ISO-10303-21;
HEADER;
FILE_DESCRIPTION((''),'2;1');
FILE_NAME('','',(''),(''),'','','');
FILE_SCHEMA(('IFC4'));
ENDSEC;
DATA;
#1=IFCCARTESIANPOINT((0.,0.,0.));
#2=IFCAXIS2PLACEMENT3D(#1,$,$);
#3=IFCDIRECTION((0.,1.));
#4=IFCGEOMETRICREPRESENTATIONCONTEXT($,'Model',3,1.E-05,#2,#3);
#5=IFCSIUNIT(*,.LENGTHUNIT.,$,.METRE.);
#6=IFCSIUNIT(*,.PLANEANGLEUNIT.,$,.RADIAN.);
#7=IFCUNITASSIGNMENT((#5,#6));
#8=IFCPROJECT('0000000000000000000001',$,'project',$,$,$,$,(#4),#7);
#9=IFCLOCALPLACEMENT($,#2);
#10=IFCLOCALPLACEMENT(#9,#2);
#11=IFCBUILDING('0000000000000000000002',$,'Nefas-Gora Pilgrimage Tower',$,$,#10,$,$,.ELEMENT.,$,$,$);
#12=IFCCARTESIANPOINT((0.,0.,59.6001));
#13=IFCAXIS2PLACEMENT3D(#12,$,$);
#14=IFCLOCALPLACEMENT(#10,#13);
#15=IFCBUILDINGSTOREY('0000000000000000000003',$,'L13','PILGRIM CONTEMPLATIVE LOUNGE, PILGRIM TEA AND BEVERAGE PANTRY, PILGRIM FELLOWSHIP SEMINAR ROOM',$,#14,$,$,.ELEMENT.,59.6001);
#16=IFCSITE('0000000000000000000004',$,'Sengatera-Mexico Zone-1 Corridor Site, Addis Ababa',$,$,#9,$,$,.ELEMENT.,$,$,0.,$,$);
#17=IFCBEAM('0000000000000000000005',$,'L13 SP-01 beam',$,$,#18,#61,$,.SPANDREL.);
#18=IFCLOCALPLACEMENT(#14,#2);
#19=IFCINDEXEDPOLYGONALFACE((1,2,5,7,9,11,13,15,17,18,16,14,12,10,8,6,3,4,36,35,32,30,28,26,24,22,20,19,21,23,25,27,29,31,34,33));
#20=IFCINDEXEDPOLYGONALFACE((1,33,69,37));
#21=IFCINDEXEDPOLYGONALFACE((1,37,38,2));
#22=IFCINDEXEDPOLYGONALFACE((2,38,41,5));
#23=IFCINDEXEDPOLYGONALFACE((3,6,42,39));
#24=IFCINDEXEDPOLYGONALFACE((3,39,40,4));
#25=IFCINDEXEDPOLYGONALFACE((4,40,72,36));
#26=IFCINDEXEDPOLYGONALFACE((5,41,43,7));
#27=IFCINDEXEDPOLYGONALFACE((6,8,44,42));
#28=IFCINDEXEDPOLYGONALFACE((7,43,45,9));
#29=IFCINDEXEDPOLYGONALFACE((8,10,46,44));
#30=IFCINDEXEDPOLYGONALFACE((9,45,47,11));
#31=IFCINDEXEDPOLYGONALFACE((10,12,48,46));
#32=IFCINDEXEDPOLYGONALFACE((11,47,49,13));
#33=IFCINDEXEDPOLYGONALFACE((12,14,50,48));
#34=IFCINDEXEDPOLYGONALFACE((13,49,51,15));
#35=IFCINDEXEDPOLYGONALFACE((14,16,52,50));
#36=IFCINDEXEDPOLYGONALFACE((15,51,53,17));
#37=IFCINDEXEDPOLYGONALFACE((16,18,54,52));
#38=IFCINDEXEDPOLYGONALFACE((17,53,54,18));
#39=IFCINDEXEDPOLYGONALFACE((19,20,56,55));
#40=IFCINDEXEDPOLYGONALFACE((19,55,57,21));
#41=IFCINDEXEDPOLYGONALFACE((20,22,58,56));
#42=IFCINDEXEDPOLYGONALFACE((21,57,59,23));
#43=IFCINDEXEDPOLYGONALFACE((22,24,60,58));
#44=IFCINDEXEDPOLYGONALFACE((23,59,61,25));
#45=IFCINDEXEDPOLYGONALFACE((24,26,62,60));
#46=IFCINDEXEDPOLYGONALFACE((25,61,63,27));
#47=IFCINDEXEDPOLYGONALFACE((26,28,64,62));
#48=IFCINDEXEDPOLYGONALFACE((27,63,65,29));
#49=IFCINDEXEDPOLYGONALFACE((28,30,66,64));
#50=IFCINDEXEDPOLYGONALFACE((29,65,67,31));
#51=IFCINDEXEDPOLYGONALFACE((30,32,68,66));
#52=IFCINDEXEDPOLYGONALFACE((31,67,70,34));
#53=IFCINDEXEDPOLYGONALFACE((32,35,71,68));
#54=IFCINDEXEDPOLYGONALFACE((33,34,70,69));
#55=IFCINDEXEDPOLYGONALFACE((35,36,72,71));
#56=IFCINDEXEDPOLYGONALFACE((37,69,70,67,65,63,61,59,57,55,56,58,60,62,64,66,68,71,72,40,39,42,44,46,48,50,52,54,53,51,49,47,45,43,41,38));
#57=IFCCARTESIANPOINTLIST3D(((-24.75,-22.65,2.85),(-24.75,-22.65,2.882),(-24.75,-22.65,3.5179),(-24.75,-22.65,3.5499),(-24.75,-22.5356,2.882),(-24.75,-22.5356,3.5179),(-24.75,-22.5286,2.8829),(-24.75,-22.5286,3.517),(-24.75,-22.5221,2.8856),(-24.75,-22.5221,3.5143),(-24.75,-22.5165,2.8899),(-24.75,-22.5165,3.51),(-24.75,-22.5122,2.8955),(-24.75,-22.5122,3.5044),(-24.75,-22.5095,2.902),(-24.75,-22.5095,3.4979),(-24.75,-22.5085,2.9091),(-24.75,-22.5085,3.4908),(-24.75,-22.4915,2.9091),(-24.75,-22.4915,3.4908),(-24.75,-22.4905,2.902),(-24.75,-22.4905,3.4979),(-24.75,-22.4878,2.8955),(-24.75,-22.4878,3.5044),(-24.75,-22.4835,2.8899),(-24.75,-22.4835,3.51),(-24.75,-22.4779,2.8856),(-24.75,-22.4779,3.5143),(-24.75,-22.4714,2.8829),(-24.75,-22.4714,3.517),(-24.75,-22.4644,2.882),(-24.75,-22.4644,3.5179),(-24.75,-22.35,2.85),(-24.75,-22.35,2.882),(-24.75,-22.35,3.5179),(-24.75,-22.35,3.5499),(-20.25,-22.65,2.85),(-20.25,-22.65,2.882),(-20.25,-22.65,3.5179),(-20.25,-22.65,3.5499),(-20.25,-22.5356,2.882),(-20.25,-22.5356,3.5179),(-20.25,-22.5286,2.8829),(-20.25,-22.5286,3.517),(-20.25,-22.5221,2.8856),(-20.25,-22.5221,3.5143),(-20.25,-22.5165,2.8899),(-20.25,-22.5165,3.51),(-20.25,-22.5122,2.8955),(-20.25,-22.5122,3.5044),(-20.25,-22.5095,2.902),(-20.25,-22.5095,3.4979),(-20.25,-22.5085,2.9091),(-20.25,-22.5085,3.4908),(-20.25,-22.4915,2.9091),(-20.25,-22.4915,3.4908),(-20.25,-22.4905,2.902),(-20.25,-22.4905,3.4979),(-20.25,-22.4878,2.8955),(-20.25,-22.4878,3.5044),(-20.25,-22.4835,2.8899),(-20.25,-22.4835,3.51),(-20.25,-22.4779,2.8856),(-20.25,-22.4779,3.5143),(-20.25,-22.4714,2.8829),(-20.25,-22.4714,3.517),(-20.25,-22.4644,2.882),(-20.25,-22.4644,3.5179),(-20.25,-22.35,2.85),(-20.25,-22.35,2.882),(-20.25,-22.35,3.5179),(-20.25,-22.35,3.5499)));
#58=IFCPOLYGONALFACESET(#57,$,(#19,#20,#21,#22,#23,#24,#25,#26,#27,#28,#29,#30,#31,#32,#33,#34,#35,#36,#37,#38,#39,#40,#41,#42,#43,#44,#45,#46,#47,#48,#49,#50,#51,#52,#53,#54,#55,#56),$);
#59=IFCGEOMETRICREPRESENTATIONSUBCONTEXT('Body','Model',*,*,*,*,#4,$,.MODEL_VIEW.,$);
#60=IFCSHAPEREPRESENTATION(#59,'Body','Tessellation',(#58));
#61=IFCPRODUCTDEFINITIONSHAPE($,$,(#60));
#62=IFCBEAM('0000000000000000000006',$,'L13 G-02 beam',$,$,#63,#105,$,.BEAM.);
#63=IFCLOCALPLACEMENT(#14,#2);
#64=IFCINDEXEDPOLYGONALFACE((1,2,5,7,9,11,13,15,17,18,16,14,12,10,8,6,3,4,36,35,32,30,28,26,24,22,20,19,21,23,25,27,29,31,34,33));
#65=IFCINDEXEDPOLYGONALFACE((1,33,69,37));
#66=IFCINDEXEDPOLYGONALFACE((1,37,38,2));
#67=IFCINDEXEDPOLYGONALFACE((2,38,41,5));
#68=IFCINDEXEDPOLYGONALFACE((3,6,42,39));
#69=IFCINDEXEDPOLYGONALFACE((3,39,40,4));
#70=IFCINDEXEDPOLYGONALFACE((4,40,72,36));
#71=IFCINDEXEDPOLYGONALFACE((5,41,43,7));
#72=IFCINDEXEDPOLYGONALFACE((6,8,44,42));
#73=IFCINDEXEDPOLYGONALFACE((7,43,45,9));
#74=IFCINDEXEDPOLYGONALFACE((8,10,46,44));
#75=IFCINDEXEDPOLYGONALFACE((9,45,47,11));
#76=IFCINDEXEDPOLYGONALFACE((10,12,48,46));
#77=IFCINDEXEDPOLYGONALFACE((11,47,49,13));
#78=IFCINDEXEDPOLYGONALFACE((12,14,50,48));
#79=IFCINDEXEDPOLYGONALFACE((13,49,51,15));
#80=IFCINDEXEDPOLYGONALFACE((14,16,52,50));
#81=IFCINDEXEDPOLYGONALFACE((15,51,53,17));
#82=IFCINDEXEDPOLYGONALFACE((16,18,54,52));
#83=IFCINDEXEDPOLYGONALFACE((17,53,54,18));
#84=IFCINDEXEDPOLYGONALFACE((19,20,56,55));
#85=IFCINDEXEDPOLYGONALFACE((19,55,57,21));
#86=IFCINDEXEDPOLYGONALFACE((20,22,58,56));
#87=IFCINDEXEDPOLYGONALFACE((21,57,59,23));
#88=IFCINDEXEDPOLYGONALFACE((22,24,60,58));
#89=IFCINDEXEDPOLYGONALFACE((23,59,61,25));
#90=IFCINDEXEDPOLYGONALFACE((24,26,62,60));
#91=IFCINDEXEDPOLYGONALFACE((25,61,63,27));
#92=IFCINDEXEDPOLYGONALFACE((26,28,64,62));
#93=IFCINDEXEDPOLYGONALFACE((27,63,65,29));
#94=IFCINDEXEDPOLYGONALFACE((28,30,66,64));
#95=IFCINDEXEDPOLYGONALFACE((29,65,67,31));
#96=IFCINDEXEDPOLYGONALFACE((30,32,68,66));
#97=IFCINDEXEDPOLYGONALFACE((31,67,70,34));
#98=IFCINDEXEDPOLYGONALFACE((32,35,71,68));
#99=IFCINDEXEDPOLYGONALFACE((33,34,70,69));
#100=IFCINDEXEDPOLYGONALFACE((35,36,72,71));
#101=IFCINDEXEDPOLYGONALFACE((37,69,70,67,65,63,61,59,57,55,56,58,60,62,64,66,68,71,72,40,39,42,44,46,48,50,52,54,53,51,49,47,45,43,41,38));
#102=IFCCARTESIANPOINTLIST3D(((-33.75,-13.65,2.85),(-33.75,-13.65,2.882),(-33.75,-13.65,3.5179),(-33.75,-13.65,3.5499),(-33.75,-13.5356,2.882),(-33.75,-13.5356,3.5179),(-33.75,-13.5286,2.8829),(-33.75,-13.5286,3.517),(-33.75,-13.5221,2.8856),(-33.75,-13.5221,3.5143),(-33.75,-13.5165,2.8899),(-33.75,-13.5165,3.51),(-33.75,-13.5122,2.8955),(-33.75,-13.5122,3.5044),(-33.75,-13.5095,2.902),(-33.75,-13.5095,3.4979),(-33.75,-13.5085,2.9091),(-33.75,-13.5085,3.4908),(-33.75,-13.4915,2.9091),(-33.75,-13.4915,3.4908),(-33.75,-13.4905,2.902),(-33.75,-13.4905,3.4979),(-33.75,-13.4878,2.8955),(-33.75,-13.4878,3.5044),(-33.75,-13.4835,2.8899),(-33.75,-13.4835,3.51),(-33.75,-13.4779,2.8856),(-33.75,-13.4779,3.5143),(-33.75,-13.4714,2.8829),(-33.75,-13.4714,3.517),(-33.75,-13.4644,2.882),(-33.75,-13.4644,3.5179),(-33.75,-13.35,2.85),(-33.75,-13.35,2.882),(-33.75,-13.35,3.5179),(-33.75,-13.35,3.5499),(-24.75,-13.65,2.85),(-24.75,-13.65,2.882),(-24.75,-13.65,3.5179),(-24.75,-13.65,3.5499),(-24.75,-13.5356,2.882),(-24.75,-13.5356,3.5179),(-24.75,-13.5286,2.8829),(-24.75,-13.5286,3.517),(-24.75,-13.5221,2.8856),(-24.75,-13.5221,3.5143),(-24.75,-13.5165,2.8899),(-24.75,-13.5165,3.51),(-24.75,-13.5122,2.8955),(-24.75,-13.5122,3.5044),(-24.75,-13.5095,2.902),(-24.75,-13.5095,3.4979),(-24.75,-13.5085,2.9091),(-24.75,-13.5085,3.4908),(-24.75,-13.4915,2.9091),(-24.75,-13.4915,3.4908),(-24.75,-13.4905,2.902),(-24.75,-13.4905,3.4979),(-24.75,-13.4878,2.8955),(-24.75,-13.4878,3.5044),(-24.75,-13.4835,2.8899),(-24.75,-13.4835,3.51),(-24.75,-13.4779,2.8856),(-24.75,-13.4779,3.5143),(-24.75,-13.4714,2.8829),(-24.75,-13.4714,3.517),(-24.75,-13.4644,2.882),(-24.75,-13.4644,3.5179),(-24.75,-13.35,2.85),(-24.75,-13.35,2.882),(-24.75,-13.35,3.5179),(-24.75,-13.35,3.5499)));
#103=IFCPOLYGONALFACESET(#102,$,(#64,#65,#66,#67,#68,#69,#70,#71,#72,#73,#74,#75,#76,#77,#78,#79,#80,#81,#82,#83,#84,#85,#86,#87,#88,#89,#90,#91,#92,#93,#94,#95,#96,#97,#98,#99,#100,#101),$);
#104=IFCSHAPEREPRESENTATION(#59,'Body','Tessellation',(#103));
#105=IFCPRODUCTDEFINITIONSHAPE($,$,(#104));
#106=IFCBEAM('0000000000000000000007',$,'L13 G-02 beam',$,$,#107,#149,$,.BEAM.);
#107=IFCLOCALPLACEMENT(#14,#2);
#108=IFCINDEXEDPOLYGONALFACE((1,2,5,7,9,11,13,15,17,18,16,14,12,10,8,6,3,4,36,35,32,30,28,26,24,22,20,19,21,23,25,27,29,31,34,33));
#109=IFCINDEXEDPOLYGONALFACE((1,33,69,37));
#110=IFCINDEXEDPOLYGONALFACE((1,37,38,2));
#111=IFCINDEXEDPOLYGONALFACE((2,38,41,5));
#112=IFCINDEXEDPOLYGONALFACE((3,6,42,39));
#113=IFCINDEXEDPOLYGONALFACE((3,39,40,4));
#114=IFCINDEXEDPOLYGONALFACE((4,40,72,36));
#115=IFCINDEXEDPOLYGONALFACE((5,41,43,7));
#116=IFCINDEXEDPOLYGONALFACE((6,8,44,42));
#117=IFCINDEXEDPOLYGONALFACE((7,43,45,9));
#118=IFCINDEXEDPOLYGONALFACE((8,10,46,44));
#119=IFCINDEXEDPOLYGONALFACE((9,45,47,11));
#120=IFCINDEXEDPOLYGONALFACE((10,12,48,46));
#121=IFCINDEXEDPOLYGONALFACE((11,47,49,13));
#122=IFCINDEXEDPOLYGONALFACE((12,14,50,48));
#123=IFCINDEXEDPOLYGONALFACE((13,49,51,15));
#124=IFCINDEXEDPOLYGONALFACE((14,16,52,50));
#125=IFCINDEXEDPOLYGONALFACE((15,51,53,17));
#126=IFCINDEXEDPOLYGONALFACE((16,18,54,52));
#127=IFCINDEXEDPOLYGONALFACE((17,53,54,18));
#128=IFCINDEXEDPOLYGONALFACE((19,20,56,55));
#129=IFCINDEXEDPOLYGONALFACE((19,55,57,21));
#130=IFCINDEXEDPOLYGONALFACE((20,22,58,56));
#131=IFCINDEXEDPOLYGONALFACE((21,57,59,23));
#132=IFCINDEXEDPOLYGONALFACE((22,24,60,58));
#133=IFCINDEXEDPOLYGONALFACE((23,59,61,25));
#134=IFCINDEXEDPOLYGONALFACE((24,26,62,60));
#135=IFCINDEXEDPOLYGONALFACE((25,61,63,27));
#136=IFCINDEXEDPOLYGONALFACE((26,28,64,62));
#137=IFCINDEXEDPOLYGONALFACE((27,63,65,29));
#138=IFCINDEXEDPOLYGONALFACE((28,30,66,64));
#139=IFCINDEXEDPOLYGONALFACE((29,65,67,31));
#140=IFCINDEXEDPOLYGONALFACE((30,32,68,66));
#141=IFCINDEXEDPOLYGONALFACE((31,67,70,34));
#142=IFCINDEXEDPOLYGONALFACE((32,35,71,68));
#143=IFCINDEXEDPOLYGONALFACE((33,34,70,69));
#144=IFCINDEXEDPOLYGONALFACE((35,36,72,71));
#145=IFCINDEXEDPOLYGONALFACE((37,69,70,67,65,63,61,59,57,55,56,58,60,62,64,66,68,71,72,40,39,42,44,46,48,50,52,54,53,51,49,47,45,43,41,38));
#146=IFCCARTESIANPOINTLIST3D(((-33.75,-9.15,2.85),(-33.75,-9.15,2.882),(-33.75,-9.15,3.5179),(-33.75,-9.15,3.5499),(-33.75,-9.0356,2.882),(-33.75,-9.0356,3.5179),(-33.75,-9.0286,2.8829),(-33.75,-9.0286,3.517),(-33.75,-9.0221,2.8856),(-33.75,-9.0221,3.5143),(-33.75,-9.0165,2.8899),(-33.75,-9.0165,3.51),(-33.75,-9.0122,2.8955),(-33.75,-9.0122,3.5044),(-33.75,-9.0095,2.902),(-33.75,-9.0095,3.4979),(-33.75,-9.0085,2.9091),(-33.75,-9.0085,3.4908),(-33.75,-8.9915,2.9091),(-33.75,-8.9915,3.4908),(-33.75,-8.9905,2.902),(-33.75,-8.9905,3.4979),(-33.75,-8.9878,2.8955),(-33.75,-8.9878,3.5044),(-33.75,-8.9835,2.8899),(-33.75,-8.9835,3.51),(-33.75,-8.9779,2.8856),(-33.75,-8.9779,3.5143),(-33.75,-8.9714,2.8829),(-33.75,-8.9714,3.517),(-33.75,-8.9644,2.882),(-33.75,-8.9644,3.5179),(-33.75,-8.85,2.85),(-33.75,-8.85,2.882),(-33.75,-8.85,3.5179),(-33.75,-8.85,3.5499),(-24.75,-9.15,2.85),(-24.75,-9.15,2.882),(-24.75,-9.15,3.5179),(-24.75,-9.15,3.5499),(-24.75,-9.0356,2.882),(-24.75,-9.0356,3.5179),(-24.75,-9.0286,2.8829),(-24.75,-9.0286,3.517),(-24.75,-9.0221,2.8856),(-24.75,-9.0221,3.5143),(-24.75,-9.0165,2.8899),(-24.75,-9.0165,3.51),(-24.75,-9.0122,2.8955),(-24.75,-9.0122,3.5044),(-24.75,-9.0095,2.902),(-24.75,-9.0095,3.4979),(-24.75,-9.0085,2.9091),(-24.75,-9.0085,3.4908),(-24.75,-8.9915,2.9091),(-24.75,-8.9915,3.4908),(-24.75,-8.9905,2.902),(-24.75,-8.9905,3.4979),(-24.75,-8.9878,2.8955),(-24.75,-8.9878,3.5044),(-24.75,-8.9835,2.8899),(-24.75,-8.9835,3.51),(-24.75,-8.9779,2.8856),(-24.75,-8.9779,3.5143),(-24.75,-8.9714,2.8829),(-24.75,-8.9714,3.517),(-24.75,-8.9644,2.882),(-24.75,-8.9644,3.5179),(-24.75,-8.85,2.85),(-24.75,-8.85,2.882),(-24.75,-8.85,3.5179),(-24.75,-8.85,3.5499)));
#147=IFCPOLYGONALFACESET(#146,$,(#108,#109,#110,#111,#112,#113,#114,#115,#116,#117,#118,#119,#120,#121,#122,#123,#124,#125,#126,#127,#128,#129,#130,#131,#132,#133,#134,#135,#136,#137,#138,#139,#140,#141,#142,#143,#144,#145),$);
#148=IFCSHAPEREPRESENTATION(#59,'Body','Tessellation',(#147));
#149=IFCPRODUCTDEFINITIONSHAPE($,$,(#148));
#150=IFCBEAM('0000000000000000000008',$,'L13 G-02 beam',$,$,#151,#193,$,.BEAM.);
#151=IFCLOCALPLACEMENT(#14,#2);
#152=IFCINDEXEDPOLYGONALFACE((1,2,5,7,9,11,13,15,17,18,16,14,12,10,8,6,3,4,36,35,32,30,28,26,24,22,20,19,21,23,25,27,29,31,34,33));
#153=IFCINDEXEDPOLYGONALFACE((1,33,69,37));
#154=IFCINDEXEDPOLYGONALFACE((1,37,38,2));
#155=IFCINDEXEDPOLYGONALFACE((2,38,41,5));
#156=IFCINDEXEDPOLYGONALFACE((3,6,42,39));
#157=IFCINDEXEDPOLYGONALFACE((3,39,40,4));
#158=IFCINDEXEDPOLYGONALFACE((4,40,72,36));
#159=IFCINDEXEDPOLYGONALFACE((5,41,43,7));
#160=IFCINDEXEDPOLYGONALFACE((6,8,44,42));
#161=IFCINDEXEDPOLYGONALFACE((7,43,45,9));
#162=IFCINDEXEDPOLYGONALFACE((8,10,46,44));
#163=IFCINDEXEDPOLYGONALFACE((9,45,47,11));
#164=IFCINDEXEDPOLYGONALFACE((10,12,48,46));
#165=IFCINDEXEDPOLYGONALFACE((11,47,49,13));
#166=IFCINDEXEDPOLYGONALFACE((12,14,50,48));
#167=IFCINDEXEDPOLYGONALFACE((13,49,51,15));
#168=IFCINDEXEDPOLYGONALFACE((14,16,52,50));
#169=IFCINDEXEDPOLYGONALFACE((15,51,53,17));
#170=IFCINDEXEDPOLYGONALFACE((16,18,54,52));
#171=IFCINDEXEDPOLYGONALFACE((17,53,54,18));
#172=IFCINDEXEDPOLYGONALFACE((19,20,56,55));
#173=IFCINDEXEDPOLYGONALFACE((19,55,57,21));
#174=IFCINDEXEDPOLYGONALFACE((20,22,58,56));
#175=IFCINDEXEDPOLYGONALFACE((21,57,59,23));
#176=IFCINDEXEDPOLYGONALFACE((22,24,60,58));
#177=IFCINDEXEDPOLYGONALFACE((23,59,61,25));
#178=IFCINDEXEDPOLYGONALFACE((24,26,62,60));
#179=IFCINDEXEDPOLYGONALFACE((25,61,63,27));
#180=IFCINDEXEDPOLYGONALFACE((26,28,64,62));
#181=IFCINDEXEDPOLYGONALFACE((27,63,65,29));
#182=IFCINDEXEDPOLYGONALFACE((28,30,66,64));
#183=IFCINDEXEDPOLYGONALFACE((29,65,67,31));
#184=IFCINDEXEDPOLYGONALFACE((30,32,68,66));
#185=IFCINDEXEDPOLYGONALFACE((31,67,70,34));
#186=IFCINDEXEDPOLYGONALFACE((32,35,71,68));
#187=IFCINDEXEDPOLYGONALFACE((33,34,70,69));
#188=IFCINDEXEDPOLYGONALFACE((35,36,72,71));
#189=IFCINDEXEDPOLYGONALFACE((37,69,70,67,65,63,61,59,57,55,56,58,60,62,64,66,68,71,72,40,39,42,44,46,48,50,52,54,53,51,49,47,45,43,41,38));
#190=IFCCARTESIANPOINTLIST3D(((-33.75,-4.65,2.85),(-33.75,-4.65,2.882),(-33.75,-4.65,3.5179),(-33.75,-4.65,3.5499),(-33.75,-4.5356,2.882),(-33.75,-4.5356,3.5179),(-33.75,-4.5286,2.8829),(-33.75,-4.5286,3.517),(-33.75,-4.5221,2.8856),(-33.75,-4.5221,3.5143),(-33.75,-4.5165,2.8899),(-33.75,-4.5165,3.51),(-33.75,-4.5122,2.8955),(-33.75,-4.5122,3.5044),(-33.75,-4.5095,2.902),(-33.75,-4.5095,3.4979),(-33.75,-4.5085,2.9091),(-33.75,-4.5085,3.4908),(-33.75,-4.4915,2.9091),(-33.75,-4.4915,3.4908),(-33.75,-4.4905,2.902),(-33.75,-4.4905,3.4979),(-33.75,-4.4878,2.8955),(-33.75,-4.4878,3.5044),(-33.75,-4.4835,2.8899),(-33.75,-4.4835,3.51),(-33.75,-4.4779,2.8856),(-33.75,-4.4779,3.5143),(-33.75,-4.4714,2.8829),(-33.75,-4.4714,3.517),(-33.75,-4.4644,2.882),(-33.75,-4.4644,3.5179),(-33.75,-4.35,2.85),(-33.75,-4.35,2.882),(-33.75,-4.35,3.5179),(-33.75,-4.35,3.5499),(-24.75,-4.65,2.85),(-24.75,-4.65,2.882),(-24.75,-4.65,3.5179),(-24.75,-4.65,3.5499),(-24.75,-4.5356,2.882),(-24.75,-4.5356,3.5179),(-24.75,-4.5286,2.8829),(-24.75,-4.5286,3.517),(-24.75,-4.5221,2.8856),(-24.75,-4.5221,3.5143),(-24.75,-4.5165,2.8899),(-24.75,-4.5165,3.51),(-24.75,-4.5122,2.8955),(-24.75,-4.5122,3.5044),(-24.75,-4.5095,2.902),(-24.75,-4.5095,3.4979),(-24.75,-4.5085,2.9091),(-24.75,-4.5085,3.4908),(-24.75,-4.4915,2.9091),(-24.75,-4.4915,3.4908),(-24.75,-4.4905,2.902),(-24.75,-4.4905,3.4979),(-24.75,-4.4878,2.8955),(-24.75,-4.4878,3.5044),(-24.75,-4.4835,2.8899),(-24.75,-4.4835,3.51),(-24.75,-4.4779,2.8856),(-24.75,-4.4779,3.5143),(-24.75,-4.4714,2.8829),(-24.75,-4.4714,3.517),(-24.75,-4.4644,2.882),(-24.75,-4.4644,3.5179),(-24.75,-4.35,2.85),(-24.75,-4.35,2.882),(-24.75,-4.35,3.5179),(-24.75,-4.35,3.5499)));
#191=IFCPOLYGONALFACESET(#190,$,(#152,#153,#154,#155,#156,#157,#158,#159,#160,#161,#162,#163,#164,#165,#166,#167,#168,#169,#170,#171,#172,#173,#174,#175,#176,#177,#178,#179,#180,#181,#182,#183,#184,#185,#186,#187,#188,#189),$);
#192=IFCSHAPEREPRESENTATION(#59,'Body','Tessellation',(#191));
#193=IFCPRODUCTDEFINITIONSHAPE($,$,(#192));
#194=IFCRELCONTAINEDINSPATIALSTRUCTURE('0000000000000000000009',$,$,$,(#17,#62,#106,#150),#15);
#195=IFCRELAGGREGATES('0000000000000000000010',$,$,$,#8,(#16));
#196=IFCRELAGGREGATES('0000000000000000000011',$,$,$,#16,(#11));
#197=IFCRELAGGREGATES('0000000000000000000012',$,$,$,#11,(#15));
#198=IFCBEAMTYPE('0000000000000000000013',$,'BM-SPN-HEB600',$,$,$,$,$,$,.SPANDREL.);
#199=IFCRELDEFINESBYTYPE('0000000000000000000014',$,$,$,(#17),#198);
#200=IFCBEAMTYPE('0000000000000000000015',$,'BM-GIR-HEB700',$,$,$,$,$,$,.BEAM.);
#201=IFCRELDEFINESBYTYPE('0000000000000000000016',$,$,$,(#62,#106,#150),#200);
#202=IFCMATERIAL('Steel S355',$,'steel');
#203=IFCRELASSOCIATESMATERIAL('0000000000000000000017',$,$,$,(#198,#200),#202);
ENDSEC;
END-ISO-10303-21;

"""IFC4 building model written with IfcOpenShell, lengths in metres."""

from ifc_helpers import new_model, si_unit, direction, frame, origin, origin_2d, place, context, subcontext, project, spatial, i_section, extrude, source, transform, mapped, material, material_profile, profile_set, type_object, element, save


model = new_model("IFC4")

# Units and contexts
model_context = context("Model", 3, precision=1e-05, world=origin(), true_north=direction((0.0, 1.0)))
body_context = subcontext(model_context, "Body", "Model", "MODEL_VIEW")
ifc_project = project(units=[si_unit("LENGTHUNIT", "METRE"), si_unit("PLANEANGLEUNIT", "RADIAN")], contexts=[model_context])

# Site, building, storey
site_placement = place(None, origin())
site = spatial("IfcSite", under=ifc_project, at=site_placement, Name="Sengatera-Mexico Zone-1 Corridor Site, Addis Ababa", CompositionType="ELEMENT", RefElevation=0.0)
building_placement = place(site_placement, origin())
building = spatial("IfcBuilding", under=site, at=building_placement, Name="Nefas-Gora Pilgrimage Tower", CompositionType="ELEMENT")
storey_placement = place(building_placement, frame((0.0, 0.0, 59.6001)))
storey = spatial("IfcBuildingStorey", under=building, at=storey_placement, Name="L13", Description="PILGRIM CONTEMPLATIVE LOUNGE, PILGRIM TEA AND BEVERAGE PANTRY, PILGRIM FELLOWSHIP SEMINAR ROOM", CompositionType="ELEMENT", Elevation=59.6001)

# Beams
ifc_material_1 = material(Name="Steel S355", Category="steel")
ifc_material_profile_1 = material_profile(ifc_material_1, i_section(OverallWidth=0.3, OverallDepth=0.7, WebThickness=0.0171, FlangeThickness=0.032, FilletRadius=0.0271, at=origin_2d()), Name="HEB 700")
ifc_profile_set_1 = profile_set([ifc_material_profile_1], Name="Steel S355")
beam_type_1 = type_object("IfcBeamType", Name="BM-SPN-HEB600", PredefinedType="SPANDREL", material=ifc_profile_set_1)
shared_shape_1 = source(origin(), body_context, "Body", "SweptSolid", [
    extrude(i_section(OverallWidth=0.3, OverallDepth=0.7, WebThickness=0.0171, FlangeThickness=0.032, FilletRadius=0.0271, at=origin_2d()), origin(), (0.0, 0.0, 1.0), 4.5),
])
for number, where, z_axis, x_axis, name in (
    (1, (-24.75, -22.5, 3.2), (1.0, 0.0, 0.0), (0.0, 1.0, 0.0), "L13 SP-01 beam"),
):
    element("IfcBeam", number, at=place(storey_placement, frame(where, z_axis=z_axis, x_axis=x_axis)), inside=storey, type_object=beam_type_1, Name=name, PredefinedType="SPANDREL", context=body_context, shape_type="MappedRepresentation", body=[
        mapped(shared_shape_1, transform((0.0, 0.0, 0.0), x_axis=(1.0, 0.0, 0.0), y_axis=(0.0, 1.0, 0.0), z_axis=(0.0, 0.0, 1.0), scale=1.0)),
    ])
ifc_material_profile_2 = material_profile(ifc_material_1, i_section(OverallWidth=0.3, OverallDepth=0.7, WebThickness=0.0171, FlangeThickness=0.032, FilletRadius=0.0271, at=origin_2d()), Name="HEB 700")
ifc_profile_set_2 = profile_set([ifc_material_profile_2], Name="Steel S355")
beam_type_2 = type_object("IfcBeamType", Name="BM-GIR-HEB700", PredefinedType="BEAM", material=ifc_profile_set_2)
shared_shape_2 = source(origin(), body_context, "Body", "SweptSolid", [
    extrude(i_section(OverallWidth=0.3, OverallDepth=0.7, WebThickness=0.0171, FlangeThickness=0.032, FilletRadius=0.0271, at=origin_2d()), origin(), (0.0, 0.0, 1.0), 9.0),
])
for number, where, z_axis, x_axis, name in (
    (2, (-33.75, -13.5, 3.2), (1.0, 0.0, 0.0), (0.0, 1.0, 0.0), "L13 G-02 beam"),
    (3, (-33.75, -9.0, 3.2), (1.0, 0.0, 0.0), (0.0, 1.0, 0.0), "L13 G-02 beam"),
    (4, (-33.75, -4.5, 3.2), (1.0, 0.0, 0.0), (0.0, 1.0, 0.0), "L13 G-02 beam"),
):
    element("IfcBeam", number, at=place(storey_placement, frame(where, z_axis=z_axis, x_axis=x_axis)), inside=storey, type_object=beam_type_2, Name=name, PredefinedType="BEAM", context=body_context, shape_type="MappedRepresentation", body=[
        mapped(shared_shape_2, transform((0.0, 0.0, 0.0), x_axis=(1.0, 0.0, 0.0), y_axis=(0.0, 1.0, 0.0), z_axis=(0.0, 0.0, 1.0), scale=1.0)),
    ])

save(model, "model.ifc")
